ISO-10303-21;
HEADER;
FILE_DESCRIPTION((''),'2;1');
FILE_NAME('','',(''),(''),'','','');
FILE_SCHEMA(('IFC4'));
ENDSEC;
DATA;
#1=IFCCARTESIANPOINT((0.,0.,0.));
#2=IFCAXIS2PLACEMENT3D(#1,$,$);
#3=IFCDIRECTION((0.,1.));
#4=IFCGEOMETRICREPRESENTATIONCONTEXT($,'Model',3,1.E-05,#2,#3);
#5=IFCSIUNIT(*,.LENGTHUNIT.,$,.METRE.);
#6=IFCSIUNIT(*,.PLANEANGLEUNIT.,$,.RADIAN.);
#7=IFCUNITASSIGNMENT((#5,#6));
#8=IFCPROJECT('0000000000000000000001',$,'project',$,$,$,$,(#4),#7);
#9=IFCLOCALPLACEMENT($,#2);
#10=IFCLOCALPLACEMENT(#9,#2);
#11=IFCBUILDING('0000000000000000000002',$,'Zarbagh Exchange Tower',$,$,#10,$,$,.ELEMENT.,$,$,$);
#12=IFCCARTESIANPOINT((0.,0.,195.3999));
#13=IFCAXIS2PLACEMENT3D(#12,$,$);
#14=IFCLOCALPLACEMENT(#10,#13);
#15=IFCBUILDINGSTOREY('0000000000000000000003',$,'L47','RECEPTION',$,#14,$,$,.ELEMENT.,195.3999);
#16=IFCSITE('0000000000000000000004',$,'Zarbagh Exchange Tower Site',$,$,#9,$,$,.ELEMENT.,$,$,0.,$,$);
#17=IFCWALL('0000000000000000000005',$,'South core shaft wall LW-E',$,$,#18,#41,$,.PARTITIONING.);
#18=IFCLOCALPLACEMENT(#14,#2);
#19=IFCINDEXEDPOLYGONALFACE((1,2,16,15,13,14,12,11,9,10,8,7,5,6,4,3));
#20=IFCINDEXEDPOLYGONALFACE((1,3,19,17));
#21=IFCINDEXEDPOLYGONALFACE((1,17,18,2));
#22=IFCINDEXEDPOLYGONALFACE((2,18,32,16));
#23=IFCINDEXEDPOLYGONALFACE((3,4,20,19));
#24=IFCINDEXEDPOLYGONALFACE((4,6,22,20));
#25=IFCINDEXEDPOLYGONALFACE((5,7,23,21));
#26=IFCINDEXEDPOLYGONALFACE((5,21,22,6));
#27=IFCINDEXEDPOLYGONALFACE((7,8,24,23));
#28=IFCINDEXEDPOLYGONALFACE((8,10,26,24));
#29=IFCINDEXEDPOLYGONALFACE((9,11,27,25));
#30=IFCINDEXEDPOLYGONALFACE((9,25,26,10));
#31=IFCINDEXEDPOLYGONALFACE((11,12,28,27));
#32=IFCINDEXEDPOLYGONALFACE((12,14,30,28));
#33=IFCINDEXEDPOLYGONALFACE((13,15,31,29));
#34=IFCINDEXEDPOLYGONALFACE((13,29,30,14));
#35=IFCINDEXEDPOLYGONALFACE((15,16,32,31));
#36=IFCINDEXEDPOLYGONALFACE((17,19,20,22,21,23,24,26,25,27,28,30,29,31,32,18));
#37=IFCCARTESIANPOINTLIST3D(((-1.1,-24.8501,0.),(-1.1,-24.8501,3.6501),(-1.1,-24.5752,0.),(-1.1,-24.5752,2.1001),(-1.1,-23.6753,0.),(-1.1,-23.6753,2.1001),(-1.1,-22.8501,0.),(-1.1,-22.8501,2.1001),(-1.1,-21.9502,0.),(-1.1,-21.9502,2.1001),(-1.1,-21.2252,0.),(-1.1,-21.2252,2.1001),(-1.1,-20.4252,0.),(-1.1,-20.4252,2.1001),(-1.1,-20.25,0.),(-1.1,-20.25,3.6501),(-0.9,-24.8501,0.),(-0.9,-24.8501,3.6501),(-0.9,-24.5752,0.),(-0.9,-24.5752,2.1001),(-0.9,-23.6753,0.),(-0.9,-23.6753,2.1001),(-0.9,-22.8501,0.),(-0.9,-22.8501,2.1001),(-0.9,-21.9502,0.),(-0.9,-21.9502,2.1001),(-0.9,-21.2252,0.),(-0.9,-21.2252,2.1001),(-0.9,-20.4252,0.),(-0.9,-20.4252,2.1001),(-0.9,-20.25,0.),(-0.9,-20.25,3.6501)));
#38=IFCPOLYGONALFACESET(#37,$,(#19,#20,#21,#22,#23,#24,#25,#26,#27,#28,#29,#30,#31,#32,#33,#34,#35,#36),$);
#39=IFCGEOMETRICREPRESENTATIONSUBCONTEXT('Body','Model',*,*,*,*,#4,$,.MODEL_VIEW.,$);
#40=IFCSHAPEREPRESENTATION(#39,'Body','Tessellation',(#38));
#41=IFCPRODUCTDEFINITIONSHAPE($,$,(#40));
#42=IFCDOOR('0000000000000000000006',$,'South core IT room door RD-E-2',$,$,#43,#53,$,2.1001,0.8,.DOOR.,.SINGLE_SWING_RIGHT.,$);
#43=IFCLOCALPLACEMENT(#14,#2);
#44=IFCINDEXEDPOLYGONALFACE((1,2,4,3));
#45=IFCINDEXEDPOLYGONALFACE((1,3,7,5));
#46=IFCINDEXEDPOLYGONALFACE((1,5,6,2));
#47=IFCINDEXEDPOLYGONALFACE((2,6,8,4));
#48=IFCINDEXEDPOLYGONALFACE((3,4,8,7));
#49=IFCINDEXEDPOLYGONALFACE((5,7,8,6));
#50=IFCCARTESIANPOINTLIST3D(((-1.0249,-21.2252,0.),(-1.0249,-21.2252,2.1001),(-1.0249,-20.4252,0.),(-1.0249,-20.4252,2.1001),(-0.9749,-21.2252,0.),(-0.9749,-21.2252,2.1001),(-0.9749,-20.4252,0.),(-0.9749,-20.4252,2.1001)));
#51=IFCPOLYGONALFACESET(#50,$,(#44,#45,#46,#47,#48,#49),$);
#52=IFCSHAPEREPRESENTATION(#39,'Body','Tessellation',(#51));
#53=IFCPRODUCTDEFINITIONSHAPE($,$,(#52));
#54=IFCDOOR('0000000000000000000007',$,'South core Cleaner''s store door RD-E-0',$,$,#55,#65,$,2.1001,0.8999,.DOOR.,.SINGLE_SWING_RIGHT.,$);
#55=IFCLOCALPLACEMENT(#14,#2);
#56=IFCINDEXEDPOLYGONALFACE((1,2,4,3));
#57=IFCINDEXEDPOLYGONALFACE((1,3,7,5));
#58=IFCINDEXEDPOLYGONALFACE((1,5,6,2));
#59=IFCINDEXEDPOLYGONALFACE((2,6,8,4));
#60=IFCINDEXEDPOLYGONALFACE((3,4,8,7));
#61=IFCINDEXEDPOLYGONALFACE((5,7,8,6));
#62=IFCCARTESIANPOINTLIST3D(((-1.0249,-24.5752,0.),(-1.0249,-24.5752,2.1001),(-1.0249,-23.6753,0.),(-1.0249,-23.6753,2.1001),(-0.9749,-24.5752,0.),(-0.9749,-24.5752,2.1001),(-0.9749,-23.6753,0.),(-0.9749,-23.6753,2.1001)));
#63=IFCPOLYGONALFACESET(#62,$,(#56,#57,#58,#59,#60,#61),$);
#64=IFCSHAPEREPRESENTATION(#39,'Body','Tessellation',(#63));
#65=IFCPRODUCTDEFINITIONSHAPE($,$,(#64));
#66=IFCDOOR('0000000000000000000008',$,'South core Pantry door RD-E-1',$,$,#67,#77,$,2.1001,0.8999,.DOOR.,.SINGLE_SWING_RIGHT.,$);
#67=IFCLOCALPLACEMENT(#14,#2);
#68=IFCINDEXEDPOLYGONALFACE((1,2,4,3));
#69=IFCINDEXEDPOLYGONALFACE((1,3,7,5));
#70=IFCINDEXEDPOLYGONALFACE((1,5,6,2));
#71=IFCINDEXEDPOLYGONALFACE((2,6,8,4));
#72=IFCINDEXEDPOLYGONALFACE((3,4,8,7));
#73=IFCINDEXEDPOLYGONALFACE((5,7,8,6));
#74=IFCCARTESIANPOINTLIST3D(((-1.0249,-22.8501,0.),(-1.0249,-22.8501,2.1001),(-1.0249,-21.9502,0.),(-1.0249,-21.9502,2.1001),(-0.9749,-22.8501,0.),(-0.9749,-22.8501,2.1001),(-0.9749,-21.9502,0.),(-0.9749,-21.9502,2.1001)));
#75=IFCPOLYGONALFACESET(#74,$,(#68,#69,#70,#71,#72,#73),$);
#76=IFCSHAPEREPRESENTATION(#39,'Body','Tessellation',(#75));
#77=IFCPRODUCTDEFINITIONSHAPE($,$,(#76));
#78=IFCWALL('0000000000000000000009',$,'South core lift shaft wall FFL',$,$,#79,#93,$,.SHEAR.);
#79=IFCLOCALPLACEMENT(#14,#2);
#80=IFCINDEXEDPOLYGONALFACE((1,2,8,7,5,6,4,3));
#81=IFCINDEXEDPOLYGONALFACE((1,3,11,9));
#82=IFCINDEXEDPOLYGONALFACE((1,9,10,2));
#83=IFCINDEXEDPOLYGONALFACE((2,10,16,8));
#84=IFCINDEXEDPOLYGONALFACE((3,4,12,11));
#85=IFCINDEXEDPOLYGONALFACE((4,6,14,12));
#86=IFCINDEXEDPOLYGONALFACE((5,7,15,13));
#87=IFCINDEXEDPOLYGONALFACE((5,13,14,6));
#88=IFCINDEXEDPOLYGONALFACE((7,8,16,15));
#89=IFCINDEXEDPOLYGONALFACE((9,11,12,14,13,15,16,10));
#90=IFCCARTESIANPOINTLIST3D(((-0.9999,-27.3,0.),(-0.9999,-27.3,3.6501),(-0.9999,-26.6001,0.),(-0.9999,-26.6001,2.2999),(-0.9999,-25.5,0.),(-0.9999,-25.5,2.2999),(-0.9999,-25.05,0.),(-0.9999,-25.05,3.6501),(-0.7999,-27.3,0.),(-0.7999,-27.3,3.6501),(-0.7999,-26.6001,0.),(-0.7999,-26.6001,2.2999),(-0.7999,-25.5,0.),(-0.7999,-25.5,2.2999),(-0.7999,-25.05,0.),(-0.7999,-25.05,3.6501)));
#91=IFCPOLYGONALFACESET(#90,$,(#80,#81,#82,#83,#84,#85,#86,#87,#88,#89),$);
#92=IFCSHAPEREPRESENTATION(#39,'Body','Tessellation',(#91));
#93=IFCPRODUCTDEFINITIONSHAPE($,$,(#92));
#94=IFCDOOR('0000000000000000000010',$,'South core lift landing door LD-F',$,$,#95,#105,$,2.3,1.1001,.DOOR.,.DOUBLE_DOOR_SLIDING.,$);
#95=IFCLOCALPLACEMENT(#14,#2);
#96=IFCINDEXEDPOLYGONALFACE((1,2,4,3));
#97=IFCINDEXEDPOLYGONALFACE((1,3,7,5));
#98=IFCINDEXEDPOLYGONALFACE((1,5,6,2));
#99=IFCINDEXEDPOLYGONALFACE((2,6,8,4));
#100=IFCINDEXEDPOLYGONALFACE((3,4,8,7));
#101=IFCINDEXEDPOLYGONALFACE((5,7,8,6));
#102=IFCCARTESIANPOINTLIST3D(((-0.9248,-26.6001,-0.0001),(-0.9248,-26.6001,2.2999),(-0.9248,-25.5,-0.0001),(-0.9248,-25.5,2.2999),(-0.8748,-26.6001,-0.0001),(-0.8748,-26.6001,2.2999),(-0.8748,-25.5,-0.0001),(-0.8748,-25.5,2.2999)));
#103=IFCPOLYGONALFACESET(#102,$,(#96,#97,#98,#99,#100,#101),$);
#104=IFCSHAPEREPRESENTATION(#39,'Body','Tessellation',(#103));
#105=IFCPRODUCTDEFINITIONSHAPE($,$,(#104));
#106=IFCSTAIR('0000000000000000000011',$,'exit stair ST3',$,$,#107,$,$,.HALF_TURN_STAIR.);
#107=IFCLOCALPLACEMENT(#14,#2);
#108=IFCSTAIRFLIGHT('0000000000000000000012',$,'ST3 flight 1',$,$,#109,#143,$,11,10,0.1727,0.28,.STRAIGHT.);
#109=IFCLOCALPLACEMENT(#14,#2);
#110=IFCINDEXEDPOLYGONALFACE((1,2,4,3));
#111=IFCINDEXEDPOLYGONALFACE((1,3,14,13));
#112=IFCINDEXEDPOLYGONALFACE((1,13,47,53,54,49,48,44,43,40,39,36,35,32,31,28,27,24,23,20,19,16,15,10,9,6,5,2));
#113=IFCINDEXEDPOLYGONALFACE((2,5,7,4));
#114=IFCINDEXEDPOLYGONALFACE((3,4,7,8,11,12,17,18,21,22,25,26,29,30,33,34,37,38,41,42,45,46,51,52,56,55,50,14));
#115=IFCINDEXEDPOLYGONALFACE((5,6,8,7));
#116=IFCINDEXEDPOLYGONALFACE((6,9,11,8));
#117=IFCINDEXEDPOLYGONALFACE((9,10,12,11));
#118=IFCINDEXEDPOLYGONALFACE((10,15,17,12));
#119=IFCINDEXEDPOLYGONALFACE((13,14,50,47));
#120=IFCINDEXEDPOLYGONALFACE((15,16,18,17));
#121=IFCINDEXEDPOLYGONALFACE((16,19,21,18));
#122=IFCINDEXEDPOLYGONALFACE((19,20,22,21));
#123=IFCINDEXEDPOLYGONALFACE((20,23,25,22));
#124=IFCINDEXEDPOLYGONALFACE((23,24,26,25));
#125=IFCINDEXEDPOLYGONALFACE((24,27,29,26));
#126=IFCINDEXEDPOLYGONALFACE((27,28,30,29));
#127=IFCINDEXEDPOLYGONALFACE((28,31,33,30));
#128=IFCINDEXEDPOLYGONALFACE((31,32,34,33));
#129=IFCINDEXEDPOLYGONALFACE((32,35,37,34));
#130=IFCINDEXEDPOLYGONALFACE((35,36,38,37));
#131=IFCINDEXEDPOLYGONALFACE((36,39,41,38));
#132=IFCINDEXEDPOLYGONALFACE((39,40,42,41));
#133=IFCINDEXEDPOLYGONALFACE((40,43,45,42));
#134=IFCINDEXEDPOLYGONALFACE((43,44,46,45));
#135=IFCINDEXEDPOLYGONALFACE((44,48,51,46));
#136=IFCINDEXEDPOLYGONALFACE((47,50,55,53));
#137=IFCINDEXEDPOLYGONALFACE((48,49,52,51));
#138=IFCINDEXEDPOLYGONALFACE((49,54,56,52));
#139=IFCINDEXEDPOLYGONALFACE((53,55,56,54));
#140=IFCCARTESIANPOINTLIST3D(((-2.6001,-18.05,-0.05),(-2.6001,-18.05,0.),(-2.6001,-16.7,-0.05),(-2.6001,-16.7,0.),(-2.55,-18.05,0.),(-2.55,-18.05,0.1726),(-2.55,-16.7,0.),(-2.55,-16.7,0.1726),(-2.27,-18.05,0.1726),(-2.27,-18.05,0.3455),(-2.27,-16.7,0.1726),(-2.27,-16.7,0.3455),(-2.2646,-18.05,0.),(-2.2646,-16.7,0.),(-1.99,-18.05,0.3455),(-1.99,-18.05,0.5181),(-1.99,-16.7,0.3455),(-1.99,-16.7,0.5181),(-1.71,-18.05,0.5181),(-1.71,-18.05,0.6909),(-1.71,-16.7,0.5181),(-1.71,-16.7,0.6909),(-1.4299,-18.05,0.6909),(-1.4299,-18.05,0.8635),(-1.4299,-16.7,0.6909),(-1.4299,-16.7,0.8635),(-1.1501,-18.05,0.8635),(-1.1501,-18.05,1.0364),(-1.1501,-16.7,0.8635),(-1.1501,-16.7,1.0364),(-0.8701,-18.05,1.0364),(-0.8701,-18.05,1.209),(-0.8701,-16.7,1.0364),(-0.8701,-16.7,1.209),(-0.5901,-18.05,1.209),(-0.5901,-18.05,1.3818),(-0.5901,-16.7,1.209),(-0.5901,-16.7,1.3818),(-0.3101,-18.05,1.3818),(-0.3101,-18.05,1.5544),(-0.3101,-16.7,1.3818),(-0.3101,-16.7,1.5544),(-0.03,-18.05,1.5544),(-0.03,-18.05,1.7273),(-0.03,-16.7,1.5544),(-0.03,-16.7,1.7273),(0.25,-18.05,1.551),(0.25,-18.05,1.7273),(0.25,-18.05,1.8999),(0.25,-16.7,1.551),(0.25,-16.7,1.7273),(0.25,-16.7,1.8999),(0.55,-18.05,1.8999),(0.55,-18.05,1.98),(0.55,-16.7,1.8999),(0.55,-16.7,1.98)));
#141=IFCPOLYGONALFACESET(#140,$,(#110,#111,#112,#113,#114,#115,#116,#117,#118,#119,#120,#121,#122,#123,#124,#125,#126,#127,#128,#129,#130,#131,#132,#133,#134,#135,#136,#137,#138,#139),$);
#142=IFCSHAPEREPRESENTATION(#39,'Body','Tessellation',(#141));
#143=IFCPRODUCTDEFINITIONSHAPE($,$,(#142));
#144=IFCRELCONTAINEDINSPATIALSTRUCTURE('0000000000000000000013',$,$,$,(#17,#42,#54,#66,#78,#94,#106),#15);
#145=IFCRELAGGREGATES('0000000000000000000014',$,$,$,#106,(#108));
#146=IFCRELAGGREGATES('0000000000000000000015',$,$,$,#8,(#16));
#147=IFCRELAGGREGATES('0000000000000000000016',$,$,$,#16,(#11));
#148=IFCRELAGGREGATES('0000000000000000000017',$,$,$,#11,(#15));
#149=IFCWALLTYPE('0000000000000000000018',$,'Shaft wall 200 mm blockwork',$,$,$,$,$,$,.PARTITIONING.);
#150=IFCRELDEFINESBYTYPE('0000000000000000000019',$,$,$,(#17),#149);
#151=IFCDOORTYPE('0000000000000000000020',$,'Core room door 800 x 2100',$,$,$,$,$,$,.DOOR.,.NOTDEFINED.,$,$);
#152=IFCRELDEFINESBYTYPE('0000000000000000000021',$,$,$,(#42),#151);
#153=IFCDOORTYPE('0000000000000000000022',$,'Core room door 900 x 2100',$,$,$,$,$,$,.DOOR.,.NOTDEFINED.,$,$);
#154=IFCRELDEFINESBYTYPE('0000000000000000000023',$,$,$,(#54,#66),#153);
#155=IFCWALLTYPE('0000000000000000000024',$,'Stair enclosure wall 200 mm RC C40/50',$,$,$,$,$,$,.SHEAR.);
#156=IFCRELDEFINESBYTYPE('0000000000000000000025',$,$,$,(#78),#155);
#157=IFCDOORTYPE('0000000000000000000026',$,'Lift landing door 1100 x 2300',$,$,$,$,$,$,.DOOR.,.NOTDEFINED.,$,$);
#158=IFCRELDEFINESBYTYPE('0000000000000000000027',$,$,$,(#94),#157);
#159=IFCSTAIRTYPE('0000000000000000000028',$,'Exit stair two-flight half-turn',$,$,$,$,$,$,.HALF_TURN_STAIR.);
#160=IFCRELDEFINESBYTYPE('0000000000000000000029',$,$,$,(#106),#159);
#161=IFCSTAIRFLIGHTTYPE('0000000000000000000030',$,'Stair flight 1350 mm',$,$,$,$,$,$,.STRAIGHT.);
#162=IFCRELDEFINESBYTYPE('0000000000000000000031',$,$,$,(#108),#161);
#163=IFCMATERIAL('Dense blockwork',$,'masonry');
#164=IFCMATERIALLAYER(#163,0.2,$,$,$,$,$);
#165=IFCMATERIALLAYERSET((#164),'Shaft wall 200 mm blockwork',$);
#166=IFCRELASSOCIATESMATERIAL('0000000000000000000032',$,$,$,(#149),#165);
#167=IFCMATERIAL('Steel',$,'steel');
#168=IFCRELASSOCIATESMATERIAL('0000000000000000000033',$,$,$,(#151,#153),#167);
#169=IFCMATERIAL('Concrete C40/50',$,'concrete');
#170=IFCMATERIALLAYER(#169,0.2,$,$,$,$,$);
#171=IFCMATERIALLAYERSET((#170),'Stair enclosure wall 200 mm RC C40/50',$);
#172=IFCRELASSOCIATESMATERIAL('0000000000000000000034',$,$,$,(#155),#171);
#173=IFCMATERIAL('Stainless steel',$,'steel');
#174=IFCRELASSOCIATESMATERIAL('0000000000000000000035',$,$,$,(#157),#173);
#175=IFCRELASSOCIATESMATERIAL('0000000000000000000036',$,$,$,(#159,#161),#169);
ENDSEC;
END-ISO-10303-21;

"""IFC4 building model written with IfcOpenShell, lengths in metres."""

from ifc_helpers import new_model, si_unit, direction, frame, frame_2d, origin, place, context, subcontext, project, spatial, polyline, rectangle, outline, extrude, material, layer, layer_set, type_object, element, fill, aggregate, save


model = new_model("IFC4")

# Units and contexts
model_context = context("Model", 3, precision=1e-05, world=origin(), true_north=direction((0.0, 1.0)))
body_context = subcontext(model_context, "Body", "Model", "MODEL_VIEW")
ifc_project = project(units=[si_unit("LENGTHUNIT", "METRE"), si_unit("PLANEANGLEUNIT", "RADIAN")], contexts=[model_context])

# Site, building, storey
site_placement = place(None, origin())
site = spatial("IfcSite", under=ifc_project, at=site_placement, Name="Zarbagh Exchange Tower Site", CompositionType="ELEMENT", RefElevation=0.0)
building_placement = place(site_placement, origin())
building = spatial("IfcBuilding", under=site, at=building_placement, Name="Zarbagh Exchange Tower", CompositionType="ELEMENT")
storey_placement = place(building_placement, frame((0.0, 0.0, 195.3999)))
storey = spatial("IfcBuildingStorey", under=building, at=storey_placement, Name="L47", Description="RECEPTION", CompositionType="ELEMENT", Elevation=195.3999)

# Shared definitions
ifc_material_1 = material(Name="Concrete C40/50", Category="concrete")

# Shared definitions
ifc_material_2 = material(Name="Dense blockwork", Category="masonry")

# Shared definitions
ifc_layer_1 = layer(ifc_material_2, 0.2)
ifc_layer_set_1 = layer_set([ifc_layer_1], Name="Shaft wall 200 mm blockwork")
wall_type_1 = type_object("IfcWallType", Name="Shaft wall 200 mm blockwork", PredefinedType="PARTITIONING", material=ifc_layer_set_1)

# Wall, openings, doors
wall_1_placement = place(storey_placement, frame((-1.0, -24.8501, 0.0), z_axis=(0.0, 0.0, 1.0), x_axis=(0.0, 1.0, 0.0)))
wall_1 = element("IfcWall", 1, at=wall_1_placement, inside=storey, type_object=wall_type_1, Name="South core shaft wall LW-E", PredefinedType="PARTITIONING", context=body_context, shape_type="SweptSolid", body=[
    extrude(rectangle(XDim=4.6001, YDim=0.2, at=frame_2d((2.3, 0.0))), origin(), (0.0, 0.0, 1.0), 3.6501),
])
opening_1_placement = place(wall_1_placement, frame((0.2749, 0.0, 0.0)))
opening_1 = element("IfcOpeningElement", 2, at=opening_1_placement, cuts=wall_1, PredefinedType="OPENING", context=body_context, shape_type="SweptSolid", body=[
    extrude(rectangle(XDim=0.8999, YDim=2.1001, at=frame_2d((0.45, 1.05))), frame((0.0, 0.1099, 0.0), z_axis=(0.0, -1.0, 0.0), x_axis=(1.0, 0.0, 0.0)), (0.0, 0.0, 1.0), 0.22),
])
opening_2_placement = place(wall_1_placement, frame((2.0, 0.0, 0.0)))
opening_2 = element("IfcOpeningElement", 3, at=opening_2_placement, cuts=wall_1, PredefinedType="OPENING", context=body_context, shape_type="SweptSolid", body=[
    extrude(rectangle(XDim=0.8999, YDim=2.1001, at=frame_2d((0.45, 1.05))), frame((0.0, 0.1099, 0.0), z_axis=(0.0, -1.0, 0.0), x_axis=(1.0, 0.0, 0.0)), (0.0, 0.0, 1.0), 0.22),
])
opening_3_placement = place(wall_1_placement, frame((3.625, 0.0, 0.0)))
opening_3 = element("IfcOpeningElement", 4, at=opening_3_placement, cuts=wall_1, PredefinedType="OPENING", context=body_context, shape_type="SweptSolid", body=[
    extrude(rectangle(XDim=0.8, YDim=2.1001, at=frame_2d((0.3999, 1.05))), frame((0.0, 0.1099, 0.0), z_axis=(0.0, -1.0, 0.0), x_axis=(1.0, 0.0, 0.0)), (0.0, 0.0, 1.0), 0.22),
])
ifc_material_3 = material(Name="Steel", Category="steel")
door_type_1 = type_object("IfcDoorType", Name="Core room door 800 x 2100", OperationType="NOTDEFINED", PredefinedType="DOOR", material=ifc_material_3)
door_1_placement = place(opening_3_placement, origin())
door_1 = element("IfcDoor", 5, at=door_1_placement, inside=storey, type_object=door_type_1, Name="South core IT room door RD-E-2", OperationType="SINGLE_SWING_RIGHT", OverallHeight=2.1001, OverallWidth=0.8, PredefinedType="DOOR", context=body_context, shape_type="SweptSolid", body=[
    extrude(rectangle(XDim=0.8, YDim=2.1001, at=frame_2d((0.3999, 1.05))), frame((0.0, 0.0249, 0.0), z_axis=(0.0, -1.0, 0.0), x_axis=(1.0, 0.0, 0.0)), (0.0, 0.0, 1.0), 0.05),
])
fill(opening_3, door_1)
door_type_2 = type_object("IfcDoorType", Name="Core room door 900 x 2100", OperationType="NOTDEFINED", PredefinedType="DOOR", material=ifc_material_3)
door_2_placement = place(opening_1_placement, origin())
door_2 = element("IfcDoor", 6, at=door_2_placement, inside=storey, type_object=door_type_2, Name="South core Cleaner's store door RD-E-0", OperationType="SINGLE_SWING_RIGHT", OverallHeight=2.1001, OverallWidth=0.8999, PredefinedType="DOOR", context=body_context, shape_type="SweptSolid", body=[
    extrude(rectangle(XDim=0.8999, YDim=2.1001, at=frame_2d((0.45, 1.05))), frame((0.0, 0.0249, 0.0), z_axis=(0.0, -1.0, 0.0), x_axis=(1.0, 0.0, 0.0)), (0.0, 0.0, 1.0), 0.05),
])
fill(opening_1, door_2)
door_3_placement = place(opening_2_placement, origin())
door_3 = element("IfcDoor", 7, at=door_3_placement, inside=storey, type_object=door_type_2, Name="South core Pantry door RD-E-1", OperationType="SINGLE_SWING_RIGHT", OverallHeight=2.1001, OverallWidth=0.8999, PredefinedType="DOOR", context=body_context, shape_type="SweptSolid", body=[
    extrude(rectangle(XDim=0.8999, YDim=2.1001, at=frame_2d((0.45, 1.05))), frame((0.0, 0.0249, 0.0), z_axis=(0.0, -1.0, 0.0), x_axis=(1.0, 0.0, 0.0)), (0.0, 0.0, 1.0), 0.05),
])
fill(opening_2, door_3)

# Wall, opening, door
ifc_layer_2 = layer(ifc_material_1, 0.2)
ifc_layer_set_2 = layer_set([ifc_layer_2], Name="Stair enclosure wall 200 mm RC C40/50")
wall_type_2 = type_object("IfcWallType", Name="Stair enclosure wall 200 mm RC C40/50", PredefinedType="SHEAR", material=ifc_layer_set_2)
wall_2_placement = place(storey_placement, frame((-0.8999, -27.3, 0.0), z_axis=(0.0, 0.0, 1.0), x_axis=(0.0, 1.0, 0.0)))
wall_2 = element("IfcWall", 8, at=wall_2_placement, inside=storey, type_object=wall_type_2, Name="South core lift shaft wall FFL", PredefinedType="SHEAR", context=body_context, shape_type="SweptSolid", body=[
    extrude(rectangle(XDim=2.25, YDim=0.2, at=frame_2d((1.125, 0.0))), origin(), (0.0, 0.0, 1.0), 3.6501),
])
opening_4_placement = place(wall_2_placement, frame((0.7, 0.0, 0.0)))
opening_4 = element("IfcOpeningElement", 9, at=opening_4_placement, cuts=wall_2, PredefinedType="OPENING", context=body_context, shape_type="SweptSolid", body=[
    extrude(rectangle(XDim=1.1001, YDim=2.3, at=frame_2d((0.55, 1.1499))), frame((0.0, 0.1099, 0.0), z_axis=(0.0, -1.0, 0.0), x_axis=(1.0, 0.0, 0.0)), (0.0, 0.0, 1.0), 0.22),
])
ifc_material_4 = material(Name="Stainless steel", Category="steel")
door_type_3 = type_object("IfcDoorType", Name="Lift landing door 1100 x 2300", OperationType="NOTDEFINED", PredefinedType="DOOR", material=ifc_material_4)
door_4_placement = place(opening_4_placement, origin())
door_4 = element("IfcDoor", 10, at=door_4_placement, inside=storey, type_object=door_type_3, Name="South core lift landing door LD-F", OperationType="DOUBLE_DOOR_SLIDING", OverallHeight=2.3, OverallWidth=1.1001, PredefinedType="DOOR", context=body_context, shape_type="SweptSolid", body=[
    extrude(rectangle(XDim=1.1001, YDim=2.3, at=frame_2d((0.55, 1.1499))), frame((0.0, 0.0249, 0.0), z_axis=(0.0, -1.0, 0.0), x_axis=(1.0, 0.0, 0.0)), (0.0, 0.0, 1.0), 0.05),
])
fill(opening_4, door_4)

# Stair, stair flight
stair_type = type_object("IfcStairType", Name="Exit stair two-flight half-turn", PredefinedType="HALF_TURN_STAIR", material=ifc_material_1)
stair_1_placement = place(storey_placement, origin())
stair_1 = element("IfcStair", 11, at=stair_1_placement, inside=storey, type_object=stair_type, Name="exit stair ST3", PredefinedType="HALF_TURN_STAIR")
stair_flight_type_1 = type_object("IfcStairFlightType", Name="Stair flight 1350 mm", PredefinedType="STRAIGHT", material=ifc_material_1)
stair_flight_1_placement = place(storey_placement, frame((-2.55, -17.375, 0.0), z_axis=(0.0, 0.0, 1.0), x_axis=(1.0, 0.0, 0.0)))
stair_flight_1 = element("IfcStairFlight", 12, at=stair_flight_1_placement, type_object=stair_flight_type_1, Name="ST3 flight 1", NumberOfRisers=11, NumberOfTreads=10, PredefinedType="STRAIGHT", RiserHeight=0.1727, TreadLength=0.28, context=body_context, shape_type="SweptSolid", body=[
    extrude(outline(polyline([(-0.05, -0.05), (-0.05, 0.0), (0.0, 0.0), (0.0, 0.1726), (0.28, 0.1726), (0.28, 0.3455), (0.5601, 0.3455), (0.5601, 0.5181), (0.8401, 0.5181), (0.8401, 0.6909), (1.1201, 0.6909), (1.1201, 0.8635), (1.3999, 0.8635), (1.3999, 1.0364), (1.6799, 1.0364), (1.6799, 1.209), (1.96, 1.209), (1.96, 1.3818), (2.24, 1.3818), (2.24, 1.5544), (2.52, 1.5544), (2.52, 1.7273), (2.8, 1.7273), (2.8, 1.8999), (3.1001, 1.98), (3.1001, 1.8999), (2.8, 1.551), (0.2854, 0.0), (-0.05, -0.05)])), frame((0.0, 0.675, 0.0), z_axis=(0.0, -1.0, 0.0), x_axis=(1.0, 0.0, 0.0)), (0.0, 0.0, 1.0), 1.3501),
])
aggregate(stair_1, [stair_flight_1])

save(model, "model.ifc")
